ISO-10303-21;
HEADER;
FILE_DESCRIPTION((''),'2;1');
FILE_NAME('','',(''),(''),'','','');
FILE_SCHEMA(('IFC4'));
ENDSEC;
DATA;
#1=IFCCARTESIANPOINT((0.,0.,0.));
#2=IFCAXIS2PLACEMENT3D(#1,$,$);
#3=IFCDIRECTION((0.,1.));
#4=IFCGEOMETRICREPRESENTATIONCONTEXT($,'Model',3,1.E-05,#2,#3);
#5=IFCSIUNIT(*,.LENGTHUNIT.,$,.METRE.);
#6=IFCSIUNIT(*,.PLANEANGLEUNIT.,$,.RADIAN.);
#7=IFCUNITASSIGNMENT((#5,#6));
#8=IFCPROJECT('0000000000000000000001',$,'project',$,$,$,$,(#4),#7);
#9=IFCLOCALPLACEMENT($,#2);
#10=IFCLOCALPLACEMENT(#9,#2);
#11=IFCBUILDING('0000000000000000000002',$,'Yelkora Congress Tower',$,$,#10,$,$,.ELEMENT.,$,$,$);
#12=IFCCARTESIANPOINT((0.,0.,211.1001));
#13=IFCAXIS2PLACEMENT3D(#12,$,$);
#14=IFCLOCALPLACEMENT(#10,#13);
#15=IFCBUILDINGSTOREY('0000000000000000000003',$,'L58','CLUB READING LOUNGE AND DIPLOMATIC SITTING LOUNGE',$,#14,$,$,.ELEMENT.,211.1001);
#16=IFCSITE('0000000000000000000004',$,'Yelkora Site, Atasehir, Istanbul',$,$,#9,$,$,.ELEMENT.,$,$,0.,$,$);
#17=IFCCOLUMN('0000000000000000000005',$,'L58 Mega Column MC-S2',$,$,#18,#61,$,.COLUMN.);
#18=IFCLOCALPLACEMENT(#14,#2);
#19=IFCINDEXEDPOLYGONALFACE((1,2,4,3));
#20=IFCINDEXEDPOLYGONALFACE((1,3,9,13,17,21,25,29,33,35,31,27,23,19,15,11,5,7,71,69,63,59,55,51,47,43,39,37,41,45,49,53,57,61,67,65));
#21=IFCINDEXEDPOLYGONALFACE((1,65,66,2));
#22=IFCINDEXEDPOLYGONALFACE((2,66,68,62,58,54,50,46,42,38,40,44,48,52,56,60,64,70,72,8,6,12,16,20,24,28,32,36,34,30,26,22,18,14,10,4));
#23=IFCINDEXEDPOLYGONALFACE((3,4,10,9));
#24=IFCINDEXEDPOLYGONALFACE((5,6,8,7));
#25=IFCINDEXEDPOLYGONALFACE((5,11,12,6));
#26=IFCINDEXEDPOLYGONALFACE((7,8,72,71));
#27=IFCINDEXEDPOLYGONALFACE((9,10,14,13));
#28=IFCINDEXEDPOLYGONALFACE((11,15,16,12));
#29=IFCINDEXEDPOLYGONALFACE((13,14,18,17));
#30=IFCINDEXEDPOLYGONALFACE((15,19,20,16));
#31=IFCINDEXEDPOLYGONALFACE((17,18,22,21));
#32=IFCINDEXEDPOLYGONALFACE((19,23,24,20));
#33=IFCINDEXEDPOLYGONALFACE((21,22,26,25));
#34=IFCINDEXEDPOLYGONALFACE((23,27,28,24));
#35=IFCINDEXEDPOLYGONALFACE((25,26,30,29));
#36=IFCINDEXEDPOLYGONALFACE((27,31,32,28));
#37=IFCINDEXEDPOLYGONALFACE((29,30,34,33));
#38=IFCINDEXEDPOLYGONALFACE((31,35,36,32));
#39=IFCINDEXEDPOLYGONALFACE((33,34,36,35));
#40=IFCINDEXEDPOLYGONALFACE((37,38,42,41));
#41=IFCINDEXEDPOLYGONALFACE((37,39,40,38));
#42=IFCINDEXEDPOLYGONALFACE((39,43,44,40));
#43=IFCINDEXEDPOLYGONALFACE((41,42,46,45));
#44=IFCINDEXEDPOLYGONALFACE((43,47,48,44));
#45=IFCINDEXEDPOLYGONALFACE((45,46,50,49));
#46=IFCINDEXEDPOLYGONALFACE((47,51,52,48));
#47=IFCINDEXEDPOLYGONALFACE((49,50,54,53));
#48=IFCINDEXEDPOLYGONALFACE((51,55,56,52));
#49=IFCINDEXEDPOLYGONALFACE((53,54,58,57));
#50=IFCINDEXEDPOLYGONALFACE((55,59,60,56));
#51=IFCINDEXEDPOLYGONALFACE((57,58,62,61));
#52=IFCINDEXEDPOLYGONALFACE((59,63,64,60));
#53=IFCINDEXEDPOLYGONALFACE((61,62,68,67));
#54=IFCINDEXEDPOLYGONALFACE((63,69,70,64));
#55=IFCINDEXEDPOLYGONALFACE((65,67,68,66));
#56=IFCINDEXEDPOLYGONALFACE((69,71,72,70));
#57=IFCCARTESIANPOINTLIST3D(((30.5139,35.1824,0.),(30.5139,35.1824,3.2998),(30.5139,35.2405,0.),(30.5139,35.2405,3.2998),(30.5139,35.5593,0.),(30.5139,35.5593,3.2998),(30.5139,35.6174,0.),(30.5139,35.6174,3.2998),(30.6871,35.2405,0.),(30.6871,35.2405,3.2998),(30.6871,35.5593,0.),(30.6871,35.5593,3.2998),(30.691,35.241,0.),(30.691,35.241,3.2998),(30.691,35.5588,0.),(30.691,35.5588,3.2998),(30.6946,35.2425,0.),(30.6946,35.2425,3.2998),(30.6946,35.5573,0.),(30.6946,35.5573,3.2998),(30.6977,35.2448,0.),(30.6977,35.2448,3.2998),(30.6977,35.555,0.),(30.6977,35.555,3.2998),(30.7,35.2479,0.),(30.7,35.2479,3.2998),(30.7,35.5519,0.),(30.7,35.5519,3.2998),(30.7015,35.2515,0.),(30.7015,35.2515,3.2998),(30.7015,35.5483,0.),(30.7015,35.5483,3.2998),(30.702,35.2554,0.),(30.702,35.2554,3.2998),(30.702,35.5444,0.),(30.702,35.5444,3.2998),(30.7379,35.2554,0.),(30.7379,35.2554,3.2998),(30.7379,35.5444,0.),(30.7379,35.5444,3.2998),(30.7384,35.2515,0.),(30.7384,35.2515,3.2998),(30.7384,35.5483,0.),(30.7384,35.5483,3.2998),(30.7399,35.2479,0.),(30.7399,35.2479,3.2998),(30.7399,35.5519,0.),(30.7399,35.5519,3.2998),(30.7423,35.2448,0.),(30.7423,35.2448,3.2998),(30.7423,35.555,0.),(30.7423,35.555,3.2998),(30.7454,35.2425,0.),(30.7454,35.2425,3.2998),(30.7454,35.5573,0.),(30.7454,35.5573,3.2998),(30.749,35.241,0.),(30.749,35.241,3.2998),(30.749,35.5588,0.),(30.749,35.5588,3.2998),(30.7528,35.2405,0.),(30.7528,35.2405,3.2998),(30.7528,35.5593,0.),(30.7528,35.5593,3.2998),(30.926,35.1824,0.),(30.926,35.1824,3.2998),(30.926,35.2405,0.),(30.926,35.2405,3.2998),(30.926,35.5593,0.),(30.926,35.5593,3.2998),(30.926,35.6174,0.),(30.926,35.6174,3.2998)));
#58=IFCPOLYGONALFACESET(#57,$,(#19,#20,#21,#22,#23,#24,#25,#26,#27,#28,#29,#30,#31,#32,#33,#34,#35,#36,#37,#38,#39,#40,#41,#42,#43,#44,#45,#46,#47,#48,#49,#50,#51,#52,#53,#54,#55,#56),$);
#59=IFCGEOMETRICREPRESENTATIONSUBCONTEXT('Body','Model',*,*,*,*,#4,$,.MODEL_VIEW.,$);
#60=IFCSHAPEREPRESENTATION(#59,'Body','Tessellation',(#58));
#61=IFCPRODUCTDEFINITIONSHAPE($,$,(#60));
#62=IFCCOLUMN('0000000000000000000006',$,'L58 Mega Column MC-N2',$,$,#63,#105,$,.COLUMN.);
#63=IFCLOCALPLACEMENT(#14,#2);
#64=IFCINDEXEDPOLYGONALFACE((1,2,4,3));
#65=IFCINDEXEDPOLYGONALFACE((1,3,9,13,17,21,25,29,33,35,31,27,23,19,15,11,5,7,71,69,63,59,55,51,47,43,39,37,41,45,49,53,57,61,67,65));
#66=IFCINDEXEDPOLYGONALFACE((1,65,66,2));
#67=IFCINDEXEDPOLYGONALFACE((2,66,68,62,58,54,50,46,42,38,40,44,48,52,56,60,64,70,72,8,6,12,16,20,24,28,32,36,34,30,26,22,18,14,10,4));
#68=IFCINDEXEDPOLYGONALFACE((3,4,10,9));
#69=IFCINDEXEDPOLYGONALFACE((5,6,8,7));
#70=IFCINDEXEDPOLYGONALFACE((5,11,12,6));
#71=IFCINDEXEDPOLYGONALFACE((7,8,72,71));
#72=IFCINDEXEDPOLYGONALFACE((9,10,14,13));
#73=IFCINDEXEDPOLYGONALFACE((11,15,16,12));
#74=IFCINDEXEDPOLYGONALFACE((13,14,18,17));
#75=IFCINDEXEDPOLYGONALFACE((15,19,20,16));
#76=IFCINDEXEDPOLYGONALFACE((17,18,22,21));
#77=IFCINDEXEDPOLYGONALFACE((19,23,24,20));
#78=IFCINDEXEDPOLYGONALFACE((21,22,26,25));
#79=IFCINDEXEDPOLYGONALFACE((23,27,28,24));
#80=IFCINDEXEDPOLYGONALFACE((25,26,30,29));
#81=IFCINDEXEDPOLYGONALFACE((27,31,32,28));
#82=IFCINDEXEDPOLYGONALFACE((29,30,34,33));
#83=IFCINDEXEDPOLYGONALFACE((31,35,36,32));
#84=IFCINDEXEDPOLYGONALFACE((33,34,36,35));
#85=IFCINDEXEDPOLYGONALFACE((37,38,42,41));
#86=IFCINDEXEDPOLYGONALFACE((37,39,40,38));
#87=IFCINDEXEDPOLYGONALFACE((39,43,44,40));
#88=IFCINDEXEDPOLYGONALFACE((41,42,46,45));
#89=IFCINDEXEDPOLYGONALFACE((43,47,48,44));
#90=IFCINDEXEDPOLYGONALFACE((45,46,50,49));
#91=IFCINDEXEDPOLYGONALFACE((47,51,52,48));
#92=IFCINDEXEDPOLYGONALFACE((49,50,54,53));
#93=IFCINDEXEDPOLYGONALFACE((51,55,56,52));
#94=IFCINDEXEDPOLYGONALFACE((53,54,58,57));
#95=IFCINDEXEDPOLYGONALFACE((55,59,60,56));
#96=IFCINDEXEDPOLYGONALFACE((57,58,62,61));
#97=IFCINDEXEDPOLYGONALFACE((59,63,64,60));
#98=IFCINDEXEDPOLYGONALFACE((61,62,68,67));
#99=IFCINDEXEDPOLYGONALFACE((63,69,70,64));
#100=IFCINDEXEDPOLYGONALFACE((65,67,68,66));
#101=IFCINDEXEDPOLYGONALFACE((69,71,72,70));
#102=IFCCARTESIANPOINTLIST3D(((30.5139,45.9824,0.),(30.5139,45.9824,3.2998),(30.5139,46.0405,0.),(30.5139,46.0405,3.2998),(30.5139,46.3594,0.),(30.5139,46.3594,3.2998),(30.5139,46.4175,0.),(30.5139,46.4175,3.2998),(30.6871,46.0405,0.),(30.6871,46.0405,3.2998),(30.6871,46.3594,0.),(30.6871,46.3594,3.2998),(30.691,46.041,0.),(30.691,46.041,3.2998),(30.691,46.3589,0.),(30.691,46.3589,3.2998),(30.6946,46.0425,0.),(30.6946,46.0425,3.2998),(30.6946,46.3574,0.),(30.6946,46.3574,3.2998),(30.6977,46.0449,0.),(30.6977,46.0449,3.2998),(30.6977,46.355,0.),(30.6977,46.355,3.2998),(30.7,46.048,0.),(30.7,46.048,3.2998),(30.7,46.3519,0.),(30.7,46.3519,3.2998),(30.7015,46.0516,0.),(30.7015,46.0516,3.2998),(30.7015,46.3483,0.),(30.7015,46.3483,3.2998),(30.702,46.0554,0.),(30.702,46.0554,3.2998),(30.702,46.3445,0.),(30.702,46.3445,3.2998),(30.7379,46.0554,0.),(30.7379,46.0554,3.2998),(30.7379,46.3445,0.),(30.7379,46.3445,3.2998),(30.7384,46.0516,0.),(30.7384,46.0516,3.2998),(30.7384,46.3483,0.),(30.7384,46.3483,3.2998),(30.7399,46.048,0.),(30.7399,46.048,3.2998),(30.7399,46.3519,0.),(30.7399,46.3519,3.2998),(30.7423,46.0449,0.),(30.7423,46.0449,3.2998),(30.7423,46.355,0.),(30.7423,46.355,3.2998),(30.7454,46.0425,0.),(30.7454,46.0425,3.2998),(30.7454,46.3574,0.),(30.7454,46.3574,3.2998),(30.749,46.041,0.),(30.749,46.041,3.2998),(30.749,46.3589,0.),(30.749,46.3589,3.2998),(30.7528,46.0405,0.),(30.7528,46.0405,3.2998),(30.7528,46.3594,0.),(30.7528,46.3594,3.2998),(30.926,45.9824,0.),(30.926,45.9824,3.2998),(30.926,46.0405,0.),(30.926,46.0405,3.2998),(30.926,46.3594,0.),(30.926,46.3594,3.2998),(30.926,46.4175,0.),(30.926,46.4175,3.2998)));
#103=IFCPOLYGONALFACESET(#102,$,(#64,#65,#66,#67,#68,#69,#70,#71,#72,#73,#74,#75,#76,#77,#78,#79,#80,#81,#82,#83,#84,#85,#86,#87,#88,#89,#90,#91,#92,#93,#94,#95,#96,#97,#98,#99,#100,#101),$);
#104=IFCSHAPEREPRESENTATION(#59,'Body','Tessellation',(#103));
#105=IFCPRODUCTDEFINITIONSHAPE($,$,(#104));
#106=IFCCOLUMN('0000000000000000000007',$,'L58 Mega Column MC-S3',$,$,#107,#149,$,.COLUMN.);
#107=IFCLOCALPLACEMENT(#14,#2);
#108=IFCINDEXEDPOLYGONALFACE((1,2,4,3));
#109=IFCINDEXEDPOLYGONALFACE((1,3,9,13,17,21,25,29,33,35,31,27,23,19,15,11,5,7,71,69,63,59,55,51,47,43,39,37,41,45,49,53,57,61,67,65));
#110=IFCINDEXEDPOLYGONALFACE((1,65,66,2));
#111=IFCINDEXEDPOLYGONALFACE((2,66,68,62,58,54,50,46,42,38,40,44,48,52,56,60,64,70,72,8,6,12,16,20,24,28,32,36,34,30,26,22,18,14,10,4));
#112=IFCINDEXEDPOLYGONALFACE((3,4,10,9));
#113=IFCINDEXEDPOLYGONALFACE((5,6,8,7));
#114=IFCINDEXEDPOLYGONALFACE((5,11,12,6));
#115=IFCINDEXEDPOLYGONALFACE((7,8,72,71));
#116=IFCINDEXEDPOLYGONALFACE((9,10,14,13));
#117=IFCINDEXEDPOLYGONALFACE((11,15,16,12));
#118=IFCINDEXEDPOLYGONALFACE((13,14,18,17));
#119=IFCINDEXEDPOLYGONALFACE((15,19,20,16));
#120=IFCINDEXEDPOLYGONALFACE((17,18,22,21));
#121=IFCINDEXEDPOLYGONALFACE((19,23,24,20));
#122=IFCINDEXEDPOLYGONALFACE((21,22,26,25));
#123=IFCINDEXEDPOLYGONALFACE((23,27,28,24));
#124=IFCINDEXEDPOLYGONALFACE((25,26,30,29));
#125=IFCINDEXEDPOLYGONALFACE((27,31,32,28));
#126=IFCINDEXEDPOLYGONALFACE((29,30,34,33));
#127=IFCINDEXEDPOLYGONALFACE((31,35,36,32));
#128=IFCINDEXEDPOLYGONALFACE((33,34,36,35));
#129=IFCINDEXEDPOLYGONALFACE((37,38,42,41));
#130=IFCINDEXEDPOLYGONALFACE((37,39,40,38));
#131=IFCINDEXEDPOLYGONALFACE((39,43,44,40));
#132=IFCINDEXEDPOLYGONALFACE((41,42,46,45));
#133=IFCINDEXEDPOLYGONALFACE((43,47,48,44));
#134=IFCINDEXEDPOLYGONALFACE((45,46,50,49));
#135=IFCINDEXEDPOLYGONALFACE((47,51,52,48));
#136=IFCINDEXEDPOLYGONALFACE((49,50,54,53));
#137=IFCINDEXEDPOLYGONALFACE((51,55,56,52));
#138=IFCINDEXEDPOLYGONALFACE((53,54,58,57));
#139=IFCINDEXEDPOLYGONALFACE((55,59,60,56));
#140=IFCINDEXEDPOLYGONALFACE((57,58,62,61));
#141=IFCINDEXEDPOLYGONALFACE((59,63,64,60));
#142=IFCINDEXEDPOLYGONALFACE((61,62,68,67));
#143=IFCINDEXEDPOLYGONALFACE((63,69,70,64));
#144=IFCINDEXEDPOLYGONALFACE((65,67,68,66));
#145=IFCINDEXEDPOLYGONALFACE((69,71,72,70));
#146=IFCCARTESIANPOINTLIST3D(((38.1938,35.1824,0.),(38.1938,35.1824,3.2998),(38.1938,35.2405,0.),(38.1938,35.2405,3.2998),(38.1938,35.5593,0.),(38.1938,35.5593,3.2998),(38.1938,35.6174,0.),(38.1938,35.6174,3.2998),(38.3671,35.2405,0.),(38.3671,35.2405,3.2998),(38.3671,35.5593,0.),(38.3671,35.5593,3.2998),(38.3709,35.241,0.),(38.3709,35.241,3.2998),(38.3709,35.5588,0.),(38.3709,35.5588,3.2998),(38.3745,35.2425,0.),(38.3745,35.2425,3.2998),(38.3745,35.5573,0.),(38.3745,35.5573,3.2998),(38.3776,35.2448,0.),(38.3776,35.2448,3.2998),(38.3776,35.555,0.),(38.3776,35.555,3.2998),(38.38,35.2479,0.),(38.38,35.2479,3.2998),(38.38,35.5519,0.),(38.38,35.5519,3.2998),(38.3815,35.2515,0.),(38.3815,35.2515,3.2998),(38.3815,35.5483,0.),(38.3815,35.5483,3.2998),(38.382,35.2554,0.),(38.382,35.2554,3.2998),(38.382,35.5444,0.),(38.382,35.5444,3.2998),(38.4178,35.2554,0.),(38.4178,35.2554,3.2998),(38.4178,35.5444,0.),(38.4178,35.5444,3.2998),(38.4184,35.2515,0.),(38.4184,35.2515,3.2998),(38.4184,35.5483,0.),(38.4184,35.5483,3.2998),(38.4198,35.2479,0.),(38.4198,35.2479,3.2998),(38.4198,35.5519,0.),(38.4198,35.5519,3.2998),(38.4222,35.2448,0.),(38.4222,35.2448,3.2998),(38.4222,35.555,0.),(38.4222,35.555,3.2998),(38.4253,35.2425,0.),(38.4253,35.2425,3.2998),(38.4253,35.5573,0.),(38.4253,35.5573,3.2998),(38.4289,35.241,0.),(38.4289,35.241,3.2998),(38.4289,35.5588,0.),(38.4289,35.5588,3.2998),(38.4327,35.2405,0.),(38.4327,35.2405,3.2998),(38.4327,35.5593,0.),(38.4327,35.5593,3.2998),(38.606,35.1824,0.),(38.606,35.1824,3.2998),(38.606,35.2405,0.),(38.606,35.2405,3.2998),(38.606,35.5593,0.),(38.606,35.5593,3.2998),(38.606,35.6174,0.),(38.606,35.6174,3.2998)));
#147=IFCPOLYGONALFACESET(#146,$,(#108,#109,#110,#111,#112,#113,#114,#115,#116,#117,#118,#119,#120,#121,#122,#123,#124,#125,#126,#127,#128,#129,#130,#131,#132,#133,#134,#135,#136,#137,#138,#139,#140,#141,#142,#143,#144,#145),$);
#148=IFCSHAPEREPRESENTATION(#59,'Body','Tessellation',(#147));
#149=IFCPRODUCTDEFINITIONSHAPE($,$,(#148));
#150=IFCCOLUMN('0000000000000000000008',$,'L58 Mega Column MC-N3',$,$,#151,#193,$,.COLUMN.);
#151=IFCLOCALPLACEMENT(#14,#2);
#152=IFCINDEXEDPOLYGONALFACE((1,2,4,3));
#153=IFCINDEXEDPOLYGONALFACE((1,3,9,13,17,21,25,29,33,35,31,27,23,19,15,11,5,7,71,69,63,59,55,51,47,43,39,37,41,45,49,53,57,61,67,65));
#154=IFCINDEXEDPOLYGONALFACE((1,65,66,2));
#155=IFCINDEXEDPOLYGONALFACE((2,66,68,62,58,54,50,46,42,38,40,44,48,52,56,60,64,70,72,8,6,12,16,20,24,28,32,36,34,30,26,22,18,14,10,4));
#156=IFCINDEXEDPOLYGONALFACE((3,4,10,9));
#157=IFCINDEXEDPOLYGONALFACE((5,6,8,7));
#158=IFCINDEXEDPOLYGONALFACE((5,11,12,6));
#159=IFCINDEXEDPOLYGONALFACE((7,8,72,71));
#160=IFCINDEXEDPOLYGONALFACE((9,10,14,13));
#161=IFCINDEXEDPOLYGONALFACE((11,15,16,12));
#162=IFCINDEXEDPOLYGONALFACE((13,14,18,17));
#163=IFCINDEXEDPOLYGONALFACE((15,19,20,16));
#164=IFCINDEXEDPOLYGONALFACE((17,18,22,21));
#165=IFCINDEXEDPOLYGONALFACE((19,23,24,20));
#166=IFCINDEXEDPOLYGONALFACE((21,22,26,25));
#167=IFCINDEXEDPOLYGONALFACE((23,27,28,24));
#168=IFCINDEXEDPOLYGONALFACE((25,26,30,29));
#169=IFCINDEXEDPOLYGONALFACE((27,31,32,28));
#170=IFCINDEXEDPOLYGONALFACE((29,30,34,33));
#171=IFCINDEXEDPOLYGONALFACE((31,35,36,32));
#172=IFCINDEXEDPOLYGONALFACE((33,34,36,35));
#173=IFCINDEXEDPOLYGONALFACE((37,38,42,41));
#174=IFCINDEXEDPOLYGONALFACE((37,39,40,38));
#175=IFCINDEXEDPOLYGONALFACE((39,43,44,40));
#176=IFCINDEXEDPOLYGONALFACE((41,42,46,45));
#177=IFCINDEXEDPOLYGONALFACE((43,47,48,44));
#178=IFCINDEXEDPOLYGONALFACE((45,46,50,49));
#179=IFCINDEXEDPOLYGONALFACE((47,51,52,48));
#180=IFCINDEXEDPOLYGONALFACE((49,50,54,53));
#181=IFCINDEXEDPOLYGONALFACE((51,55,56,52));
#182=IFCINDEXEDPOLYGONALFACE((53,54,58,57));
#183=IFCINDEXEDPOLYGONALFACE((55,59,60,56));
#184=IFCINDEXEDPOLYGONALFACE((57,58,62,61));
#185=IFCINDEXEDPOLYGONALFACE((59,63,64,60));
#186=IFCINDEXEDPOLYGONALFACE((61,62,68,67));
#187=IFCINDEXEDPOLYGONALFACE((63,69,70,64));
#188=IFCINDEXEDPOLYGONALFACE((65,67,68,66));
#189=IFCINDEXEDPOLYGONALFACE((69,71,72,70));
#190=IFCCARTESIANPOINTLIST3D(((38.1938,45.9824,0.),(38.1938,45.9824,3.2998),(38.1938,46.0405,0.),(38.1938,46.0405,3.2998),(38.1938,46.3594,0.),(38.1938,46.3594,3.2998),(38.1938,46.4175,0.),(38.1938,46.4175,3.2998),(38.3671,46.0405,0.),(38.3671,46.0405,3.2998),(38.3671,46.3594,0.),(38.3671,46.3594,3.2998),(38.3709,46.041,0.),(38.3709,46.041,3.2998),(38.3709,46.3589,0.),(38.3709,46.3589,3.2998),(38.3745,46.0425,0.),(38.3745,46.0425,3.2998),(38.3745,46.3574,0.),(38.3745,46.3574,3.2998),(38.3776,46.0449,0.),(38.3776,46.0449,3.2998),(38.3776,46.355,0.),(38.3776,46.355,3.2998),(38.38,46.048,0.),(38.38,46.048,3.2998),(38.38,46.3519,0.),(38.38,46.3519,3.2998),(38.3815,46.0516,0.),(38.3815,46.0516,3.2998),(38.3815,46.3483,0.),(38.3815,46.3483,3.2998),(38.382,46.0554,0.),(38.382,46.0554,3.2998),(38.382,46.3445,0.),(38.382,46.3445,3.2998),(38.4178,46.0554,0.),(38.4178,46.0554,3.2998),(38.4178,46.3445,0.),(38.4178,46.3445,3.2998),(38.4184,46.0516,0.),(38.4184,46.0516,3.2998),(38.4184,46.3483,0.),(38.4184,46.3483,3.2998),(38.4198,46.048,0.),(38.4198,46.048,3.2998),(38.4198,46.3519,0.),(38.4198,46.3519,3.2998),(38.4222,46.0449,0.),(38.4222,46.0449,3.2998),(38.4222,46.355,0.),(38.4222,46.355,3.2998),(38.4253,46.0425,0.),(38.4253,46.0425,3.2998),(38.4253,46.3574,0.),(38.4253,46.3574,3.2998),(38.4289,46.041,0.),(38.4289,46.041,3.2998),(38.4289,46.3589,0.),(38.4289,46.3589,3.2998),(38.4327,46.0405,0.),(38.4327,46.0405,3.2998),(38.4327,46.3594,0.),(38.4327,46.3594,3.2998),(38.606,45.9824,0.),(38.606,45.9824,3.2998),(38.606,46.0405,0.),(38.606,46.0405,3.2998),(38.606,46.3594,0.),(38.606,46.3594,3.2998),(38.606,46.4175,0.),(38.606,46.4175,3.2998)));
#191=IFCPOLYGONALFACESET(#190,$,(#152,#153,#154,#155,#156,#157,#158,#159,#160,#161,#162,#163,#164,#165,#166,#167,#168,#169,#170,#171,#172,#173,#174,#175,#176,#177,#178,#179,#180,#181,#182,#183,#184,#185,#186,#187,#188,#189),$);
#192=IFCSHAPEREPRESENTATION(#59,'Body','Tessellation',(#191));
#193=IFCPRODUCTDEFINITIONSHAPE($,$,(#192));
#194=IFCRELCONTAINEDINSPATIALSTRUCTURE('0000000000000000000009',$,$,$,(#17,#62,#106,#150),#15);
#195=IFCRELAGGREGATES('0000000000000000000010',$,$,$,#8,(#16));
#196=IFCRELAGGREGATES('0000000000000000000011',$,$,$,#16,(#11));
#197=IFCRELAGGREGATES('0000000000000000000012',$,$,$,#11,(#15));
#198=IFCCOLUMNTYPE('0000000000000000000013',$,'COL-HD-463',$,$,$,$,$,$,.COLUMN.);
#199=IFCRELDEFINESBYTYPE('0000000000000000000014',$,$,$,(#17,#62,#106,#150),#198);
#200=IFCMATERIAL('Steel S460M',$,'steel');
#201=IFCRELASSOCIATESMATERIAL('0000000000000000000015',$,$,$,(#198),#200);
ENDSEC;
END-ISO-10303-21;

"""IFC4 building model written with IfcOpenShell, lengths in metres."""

from ifc_helpers import new_model, si_unit, direction, frame, origin, origin_2d, place, context, subcontext, project, spatial, i_section, extrude, material, material_profile, profile_set, type_object, element, save


model = new_model("IFC4")

# Units and contexts
model_context = context("Model", 3, precision=1e-05, world=origin(), true_north=direction((0.0, 1.0)))
body_context = subcontext(model_context, "Body", "Model", "MODEL_VIEW")
ifc_project = project(units=[si_unit("LENGTHUNIT", "METRE"), si_unit("PLANEANGLEUNIT", "RADIAN")], contexts=[model_context])

# Site, building, storey
site_placement = place(None, origin())
site = spatial("IfcSite", under=ifc_project, at=site_placement, Name="Yelkora Site, Atasehir, Istanbul", CompositionType="ELEMENT", RefElevation=0.0)
building_placement = place(site_placement, origin())
building = spatial("IfcBuilding", under=site, at=building_placement, Name="Yelkora Congress Tower", CompositionType="ELEMENT")
storey_placement = place(building_placement, frame((0.0, 0.0, 211.1001)))
storey = spatial("IfcBuildingStorey", under=building, at=storey_placement, Name="L58", Description="CLUB READING LOUNGE AND DIPLOMATIC SITTING LOUNGE", CompositionType="ELEMENT", Elevation=211.1001)

# Columns
ifc_material_1 = material(Name="Steel S460M", Category="steel")
ifc_material_profile_1 = material_profile(ifc_material_1, i_section(OverallWidth=0.4121, OverallDepth=0.4351, WebThickness=0.0359, FlangeThickness=0.0581, FilletRadius=0.0149, at=origin_2d()), Name="HD 400x463")
ifc_profile_set_1 = profile_set([ifc_material_profile_1], Name="Steel S460M")
column_type = type_object("IfcColumnType", Name="COL-HD-463", PredefinedType="COLUMN", material=ifc_profile_set_1)
for number, where, z_axis, x_axis, name in (
    (1, (30.72, 35.3999, 0.0), (0.0, 0.0, 1.0), (1.0, 0.0, 0.0), "L58 Mega Column MC-S2"),
    (2, (30.72, 46.2, 0.0), (0.0, 0.0, 1.0), (1.0, 0.0, 0.0), "L58 Mega Column MC-N2"),
    (3, (38.3999, 35.3999, 0.0), (0.0, 0.0, 1.0), (1.0, 0.0, 0.0), "L58 Mega Column MC-S3"),
    (4, (38.3999, 46.2, 0.0), (0.0, 0.0, 1.0), (1.0, 0.0, 0.0), "L58 Mega Column MC-N3"),
):
    element("IfcColumn", number, at=place(storey_placement, frame(where, z_axis=z_axis, x_axis=x_axis)), inside=storey, type_object=column_type, Name=name, PredefinedType="COLUMN", context=body_context, shape_type="SweptSolid", body=[
        extrude(i_section(OverallWidth=0.4121, OverallDepth=0.4351, WebThickness=0.0359, FlangeThickness=0.0581, FilletRadius=0.0149, at=origin_2d()), origin(), (0.0, 0.0, 1.0), 3.2998),
    ])

save(model, "model.ifc")
